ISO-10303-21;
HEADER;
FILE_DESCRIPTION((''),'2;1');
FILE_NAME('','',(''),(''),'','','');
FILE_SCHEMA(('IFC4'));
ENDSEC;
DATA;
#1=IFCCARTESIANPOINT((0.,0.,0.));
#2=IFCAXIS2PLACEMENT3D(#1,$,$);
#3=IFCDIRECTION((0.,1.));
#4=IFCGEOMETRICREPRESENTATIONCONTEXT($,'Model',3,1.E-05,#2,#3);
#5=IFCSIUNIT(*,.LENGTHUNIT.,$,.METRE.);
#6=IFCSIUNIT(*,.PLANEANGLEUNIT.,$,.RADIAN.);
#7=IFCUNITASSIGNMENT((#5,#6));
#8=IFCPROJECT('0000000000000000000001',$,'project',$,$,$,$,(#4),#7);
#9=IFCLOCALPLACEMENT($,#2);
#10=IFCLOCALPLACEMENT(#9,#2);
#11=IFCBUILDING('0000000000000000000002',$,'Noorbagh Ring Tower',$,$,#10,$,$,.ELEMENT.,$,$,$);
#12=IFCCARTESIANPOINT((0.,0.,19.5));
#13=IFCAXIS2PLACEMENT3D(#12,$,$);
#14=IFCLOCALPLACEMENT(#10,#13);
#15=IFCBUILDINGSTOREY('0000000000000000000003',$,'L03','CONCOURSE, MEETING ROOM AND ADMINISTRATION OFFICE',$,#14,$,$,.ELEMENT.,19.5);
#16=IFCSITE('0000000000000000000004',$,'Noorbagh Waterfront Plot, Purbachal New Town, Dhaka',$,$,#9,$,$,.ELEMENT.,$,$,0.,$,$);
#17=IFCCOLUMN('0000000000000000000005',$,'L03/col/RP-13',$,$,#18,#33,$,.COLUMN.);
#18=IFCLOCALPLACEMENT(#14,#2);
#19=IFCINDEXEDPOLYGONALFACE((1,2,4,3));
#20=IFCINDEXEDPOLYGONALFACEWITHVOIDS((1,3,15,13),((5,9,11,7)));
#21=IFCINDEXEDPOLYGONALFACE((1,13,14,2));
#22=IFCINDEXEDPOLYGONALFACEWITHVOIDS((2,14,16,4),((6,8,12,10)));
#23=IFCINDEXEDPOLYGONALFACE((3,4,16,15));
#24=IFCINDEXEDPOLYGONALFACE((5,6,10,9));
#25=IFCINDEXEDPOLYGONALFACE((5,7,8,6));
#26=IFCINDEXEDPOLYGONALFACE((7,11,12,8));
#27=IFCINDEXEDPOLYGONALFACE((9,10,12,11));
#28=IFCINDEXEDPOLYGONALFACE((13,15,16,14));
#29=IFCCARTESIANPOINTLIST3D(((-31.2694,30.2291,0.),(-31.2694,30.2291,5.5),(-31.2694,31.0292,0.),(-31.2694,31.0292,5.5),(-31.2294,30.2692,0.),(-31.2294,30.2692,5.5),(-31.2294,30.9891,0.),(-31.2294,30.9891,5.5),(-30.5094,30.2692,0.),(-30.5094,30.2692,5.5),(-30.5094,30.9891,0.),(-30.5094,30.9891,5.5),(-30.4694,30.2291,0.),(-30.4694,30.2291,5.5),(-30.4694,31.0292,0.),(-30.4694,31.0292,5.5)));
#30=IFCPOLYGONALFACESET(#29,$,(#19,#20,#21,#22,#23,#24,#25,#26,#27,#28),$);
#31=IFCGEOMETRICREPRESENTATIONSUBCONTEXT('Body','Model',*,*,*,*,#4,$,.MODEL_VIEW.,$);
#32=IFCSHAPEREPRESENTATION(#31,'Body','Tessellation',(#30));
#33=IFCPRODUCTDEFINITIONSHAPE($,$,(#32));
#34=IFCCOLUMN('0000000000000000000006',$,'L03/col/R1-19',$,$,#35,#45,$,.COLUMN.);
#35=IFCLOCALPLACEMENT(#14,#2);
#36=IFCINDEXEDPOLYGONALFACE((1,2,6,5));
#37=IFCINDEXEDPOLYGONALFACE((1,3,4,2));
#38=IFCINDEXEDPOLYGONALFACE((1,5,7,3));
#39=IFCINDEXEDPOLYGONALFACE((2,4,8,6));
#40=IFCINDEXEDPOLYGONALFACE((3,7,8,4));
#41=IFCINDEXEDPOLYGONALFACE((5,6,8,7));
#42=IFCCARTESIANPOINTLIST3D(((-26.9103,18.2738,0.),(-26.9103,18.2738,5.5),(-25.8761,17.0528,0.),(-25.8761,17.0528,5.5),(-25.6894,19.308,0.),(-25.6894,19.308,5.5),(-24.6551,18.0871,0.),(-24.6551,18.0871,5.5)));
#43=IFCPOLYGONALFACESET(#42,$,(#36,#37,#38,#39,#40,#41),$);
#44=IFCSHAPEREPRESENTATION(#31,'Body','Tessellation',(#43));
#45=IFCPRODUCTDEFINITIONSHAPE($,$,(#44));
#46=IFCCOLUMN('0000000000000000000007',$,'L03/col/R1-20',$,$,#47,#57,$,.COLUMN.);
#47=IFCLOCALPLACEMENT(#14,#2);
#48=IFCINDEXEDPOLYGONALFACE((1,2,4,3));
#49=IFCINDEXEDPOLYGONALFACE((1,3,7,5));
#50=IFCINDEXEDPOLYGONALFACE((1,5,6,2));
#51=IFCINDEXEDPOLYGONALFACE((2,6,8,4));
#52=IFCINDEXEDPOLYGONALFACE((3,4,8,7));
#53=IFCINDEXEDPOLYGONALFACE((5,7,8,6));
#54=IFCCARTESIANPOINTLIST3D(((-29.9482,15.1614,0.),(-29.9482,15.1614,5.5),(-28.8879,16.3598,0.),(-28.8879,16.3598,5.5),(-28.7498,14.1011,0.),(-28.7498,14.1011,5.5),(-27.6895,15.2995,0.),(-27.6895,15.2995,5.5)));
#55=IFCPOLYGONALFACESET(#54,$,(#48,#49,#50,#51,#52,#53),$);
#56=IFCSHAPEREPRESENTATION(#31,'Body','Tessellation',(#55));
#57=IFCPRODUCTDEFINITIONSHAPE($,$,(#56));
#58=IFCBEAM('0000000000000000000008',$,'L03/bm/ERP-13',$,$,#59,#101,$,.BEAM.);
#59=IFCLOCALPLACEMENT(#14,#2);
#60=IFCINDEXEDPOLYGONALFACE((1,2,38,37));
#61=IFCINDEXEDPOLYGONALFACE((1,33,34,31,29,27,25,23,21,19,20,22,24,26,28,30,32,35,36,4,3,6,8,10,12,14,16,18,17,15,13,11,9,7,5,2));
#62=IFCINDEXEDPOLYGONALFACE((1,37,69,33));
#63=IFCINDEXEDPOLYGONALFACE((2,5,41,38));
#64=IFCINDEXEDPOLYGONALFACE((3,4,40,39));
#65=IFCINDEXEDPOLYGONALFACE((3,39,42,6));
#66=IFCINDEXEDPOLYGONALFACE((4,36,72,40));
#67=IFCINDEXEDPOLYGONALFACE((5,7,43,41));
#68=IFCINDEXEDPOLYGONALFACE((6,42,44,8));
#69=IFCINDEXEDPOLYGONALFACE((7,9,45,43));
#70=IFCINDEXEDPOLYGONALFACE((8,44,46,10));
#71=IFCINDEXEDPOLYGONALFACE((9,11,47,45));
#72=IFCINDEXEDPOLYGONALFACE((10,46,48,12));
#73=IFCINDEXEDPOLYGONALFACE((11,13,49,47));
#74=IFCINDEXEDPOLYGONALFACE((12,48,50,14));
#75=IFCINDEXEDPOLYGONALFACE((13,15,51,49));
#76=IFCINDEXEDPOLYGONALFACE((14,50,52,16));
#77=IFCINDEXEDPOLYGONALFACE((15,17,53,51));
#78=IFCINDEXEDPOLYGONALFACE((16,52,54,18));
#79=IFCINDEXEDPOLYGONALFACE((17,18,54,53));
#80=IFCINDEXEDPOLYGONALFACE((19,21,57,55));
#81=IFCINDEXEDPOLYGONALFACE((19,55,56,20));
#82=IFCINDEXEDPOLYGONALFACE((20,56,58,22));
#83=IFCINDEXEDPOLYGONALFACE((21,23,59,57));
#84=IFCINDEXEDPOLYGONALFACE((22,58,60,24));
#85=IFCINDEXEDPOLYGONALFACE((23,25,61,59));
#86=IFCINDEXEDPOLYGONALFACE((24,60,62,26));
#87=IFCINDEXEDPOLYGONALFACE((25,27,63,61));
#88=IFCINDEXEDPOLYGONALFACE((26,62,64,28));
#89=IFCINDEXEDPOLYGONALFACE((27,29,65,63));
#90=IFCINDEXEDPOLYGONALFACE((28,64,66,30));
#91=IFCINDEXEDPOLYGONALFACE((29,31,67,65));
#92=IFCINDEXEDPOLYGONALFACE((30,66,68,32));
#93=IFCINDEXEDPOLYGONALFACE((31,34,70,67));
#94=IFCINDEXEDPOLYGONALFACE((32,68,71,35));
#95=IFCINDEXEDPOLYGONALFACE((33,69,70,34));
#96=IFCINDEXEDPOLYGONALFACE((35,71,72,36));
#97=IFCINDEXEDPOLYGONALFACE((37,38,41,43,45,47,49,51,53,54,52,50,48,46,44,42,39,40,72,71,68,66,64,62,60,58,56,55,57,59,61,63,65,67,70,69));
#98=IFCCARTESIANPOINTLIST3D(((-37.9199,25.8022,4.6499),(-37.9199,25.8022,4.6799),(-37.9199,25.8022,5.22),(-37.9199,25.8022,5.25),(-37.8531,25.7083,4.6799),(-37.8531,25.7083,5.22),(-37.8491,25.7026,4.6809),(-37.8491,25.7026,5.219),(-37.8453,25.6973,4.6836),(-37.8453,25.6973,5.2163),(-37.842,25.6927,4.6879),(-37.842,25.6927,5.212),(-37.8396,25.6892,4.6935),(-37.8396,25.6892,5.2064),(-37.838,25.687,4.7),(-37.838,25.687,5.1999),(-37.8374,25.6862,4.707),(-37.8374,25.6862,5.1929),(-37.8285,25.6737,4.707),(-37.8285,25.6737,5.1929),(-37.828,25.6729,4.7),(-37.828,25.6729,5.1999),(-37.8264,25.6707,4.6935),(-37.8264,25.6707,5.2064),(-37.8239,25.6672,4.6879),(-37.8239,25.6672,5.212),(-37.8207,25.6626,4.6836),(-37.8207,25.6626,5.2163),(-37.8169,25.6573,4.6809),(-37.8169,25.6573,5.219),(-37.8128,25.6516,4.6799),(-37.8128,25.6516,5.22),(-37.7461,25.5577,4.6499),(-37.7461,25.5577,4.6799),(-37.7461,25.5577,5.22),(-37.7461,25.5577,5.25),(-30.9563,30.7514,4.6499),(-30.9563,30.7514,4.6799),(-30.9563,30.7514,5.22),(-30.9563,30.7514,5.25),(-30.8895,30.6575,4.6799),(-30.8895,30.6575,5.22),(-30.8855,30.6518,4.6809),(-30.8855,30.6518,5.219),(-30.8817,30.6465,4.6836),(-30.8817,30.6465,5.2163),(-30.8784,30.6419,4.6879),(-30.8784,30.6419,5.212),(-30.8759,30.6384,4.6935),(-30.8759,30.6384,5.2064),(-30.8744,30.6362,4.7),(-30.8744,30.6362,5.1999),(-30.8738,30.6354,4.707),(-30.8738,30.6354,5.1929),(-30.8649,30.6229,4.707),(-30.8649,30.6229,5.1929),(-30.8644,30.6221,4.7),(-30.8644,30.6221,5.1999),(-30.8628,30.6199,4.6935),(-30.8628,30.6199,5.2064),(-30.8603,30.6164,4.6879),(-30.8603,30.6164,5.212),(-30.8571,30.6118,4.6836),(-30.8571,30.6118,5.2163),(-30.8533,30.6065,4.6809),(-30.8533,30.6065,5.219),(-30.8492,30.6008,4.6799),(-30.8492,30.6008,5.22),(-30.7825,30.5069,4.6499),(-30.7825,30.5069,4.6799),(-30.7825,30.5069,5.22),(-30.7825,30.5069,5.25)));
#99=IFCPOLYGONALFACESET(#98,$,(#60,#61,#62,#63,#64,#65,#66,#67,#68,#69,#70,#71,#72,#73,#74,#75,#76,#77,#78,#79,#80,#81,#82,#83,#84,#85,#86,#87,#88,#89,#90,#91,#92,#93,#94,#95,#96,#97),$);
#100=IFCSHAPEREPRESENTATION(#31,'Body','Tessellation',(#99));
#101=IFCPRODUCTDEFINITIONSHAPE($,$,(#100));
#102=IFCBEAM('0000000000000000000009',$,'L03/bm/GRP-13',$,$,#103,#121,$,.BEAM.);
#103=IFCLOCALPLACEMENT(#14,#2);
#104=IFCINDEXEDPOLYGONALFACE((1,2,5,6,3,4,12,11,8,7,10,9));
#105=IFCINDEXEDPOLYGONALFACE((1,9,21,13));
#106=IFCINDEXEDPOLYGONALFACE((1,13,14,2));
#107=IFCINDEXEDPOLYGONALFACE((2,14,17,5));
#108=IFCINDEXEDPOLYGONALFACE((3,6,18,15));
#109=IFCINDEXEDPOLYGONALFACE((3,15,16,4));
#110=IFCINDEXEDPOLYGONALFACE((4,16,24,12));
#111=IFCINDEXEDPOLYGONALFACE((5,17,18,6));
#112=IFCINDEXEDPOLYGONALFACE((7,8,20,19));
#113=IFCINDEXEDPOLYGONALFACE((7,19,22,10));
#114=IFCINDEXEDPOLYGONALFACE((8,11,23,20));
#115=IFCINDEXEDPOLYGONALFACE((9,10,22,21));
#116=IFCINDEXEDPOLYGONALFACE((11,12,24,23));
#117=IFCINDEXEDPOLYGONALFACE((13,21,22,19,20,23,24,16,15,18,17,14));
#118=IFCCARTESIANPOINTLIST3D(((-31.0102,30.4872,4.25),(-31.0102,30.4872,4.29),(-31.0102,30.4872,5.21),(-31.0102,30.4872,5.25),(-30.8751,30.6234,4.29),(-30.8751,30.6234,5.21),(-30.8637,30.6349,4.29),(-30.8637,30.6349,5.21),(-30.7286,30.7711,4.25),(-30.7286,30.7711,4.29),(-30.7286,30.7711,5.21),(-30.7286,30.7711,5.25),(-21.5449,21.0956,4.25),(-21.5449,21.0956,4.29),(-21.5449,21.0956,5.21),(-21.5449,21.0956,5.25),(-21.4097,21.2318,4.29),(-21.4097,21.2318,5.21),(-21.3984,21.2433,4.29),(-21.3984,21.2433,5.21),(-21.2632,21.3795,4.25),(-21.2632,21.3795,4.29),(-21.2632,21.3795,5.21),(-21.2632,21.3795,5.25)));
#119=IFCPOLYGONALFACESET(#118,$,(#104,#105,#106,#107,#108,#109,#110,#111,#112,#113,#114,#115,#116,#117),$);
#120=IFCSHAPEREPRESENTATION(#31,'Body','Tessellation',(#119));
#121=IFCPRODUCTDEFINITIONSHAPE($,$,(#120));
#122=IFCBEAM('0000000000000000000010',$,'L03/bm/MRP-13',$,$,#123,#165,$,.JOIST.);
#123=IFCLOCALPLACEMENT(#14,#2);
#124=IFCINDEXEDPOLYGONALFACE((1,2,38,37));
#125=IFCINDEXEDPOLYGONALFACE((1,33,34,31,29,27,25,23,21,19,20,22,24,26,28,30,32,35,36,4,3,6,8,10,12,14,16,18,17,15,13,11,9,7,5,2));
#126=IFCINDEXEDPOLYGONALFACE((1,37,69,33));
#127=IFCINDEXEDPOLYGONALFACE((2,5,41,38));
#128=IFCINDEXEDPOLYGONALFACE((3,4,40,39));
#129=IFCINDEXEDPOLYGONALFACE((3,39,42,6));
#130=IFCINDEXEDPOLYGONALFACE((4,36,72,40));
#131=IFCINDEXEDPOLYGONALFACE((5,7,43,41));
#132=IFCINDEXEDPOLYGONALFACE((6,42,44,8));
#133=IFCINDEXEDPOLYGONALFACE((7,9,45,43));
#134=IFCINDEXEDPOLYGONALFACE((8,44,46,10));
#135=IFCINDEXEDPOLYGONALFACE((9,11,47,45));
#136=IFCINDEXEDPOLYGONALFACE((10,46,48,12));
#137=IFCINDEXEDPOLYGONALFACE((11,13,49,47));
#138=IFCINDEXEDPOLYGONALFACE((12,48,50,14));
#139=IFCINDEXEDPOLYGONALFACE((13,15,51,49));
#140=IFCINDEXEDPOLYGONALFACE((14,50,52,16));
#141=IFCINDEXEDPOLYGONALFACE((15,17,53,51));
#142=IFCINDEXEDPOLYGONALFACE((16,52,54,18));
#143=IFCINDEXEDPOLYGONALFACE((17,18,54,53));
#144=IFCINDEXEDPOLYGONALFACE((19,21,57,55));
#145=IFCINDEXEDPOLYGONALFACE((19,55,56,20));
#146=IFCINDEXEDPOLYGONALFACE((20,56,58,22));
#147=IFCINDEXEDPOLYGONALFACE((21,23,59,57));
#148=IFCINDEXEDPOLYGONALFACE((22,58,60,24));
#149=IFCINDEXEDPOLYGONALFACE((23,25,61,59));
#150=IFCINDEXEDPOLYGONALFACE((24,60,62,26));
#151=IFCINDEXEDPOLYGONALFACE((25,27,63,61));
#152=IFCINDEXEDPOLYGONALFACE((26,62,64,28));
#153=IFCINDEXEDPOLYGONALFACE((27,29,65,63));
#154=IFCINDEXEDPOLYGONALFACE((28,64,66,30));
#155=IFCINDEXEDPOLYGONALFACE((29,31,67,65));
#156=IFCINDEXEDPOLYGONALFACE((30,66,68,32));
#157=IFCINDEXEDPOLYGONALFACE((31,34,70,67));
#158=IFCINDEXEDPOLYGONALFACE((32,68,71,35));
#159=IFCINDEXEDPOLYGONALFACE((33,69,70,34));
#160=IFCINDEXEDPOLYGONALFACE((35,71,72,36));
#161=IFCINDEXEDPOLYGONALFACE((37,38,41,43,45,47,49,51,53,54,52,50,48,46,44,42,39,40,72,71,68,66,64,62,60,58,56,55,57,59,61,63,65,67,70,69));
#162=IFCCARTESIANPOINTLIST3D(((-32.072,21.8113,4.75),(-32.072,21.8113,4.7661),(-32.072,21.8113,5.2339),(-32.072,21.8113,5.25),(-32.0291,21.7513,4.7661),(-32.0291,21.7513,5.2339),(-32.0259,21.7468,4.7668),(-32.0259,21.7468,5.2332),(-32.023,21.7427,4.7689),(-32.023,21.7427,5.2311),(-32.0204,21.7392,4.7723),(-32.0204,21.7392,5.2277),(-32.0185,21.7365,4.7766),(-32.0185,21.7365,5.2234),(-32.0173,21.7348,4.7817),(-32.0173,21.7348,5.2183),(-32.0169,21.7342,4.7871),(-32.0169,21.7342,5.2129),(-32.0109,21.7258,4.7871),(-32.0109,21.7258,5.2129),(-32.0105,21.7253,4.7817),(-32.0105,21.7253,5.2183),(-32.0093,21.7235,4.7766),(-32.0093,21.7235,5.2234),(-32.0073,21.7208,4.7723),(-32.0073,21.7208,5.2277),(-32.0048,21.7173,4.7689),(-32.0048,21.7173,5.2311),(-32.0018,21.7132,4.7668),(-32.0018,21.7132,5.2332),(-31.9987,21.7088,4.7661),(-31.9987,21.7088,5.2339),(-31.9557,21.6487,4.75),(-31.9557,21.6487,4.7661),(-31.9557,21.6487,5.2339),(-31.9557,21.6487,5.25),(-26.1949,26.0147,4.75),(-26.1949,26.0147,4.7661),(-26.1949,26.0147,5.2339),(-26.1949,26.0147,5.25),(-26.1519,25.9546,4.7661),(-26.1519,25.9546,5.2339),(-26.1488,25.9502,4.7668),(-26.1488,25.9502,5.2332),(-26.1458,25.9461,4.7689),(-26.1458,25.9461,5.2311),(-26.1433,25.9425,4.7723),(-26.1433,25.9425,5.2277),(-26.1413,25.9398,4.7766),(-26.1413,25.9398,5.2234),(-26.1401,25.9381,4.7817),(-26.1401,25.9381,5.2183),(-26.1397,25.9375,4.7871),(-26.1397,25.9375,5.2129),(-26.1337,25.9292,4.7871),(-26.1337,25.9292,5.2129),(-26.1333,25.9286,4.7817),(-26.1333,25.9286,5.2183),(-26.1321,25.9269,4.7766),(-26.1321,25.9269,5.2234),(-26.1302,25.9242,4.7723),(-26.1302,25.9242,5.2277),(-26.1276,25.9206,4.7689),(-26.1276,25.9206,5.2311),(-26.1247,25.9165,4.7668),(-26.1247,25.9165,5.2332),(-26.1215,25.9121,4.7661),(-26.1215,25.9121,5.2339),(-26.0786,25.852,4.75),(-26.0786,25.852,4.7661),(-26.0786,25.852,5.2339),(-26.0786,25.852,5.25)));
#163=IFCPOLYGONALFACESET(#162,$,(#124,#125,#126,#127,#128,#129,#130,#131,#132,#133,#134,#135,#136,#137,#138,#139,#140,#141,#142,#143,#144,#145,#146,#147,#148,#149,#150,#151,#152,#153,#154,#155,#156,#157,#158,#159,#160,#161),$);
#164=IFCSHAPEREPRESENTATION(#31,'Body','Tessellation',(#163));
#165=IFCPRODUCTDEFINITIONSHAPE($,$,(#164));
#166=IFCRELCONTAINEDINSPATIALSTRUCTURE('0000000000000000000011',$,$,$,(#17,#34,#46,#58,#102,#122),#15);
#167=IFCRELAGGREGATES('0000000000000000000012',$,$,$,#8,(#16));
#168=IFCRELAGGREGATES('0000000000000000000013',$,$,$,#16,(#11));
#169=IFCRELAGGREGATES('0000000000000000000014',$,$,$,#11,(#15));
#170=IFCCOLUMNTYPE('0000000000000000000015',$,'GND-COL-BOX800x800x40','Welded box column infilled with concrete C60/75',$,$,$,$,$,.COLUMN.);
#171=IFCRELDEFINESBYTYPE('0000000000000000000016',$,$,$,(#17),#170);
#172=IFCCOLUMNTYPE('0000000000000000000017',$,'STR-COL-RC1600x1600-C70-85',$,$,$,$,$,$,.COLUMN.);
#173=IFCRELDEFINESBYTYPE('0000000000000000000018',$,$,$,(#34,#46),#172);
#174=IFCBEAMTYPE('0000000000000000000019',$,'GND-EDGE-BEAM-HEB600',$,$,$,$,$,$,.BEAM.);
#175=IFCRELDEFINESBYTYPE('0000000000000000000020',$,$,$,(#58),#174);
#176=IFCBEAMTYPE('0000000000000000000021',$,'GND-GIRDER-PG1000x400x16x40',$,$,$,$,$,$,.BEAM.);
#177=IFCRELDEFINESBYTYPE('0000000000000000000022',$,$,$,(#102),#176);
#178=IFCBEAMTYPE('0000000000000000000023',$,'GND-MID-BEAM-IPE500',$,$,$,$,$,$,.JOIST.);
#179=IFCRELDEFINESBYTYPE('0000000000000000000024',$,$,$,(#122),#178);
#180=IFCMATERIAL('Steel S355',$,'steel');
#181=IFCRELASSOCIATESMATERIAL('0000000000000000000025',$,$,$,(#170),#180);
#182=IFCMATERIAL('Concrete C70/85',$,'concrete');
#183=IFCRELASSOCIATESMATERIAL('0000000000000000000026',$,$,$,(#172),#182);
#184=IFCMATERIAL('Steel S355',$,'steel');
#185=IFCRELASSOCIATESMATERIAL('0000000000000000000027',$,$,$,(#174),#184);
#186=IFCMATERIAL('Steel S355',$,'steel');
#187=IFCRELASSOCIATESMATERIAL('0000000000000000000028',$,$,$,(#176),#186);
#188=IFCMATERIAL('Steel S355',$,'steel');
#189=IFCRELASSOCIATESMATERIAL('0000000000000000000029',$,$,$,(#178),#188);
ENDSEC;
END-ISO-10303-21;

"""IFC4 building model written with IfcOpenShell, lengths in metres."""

from ifc_helpers import new_model, si_unit, direction, frame, origin, origin_2d, place, context, subcontext, project, spatial, rectangle, hollow_rectangle, i_section, extrude, material, material_profile, profile_set, type_object, element, save


model = new_model("IFC4")

# Units and contexts
model_context = context("Model", 3, precision=1e-05, world=origin(), true_north=direction((0.0, 1.0)))
body_context = subcontext(model_context, "Body", "Model", "MODEL_VIEW")
ifc_project = project(units=[si_unit("LENGTHUNIT", "METRE"), si_unit("PLANEANGLEUNIT", "RADIAN")], contexts=[model_context])

# Site, building, storey
site_placement = place(None, origin())
site = spatial("IfcSite", under=ifc_project, at=site_placement, Name="Noorbagh Waterfront Plot, Purbachal New Town, Dhaka", CompositionType="ELEMENT", RefElevation=0.0)
building_placement = place(site_placement, origin())
building = spatial("IfcBuilding", under=site, at=building_placement, Name="Noorbagh Ring Tower", CompositionType="ELEMENT")
storey_placement = place(building_placement, frame((0.0, 0.0, 19.5)))
storey = spatial("IfcBuildingStorey", under=building, at=storey_placement, Name="L03", Description="CONCOURSE, MEETING ROOM AND ADMINISTRATION OFFICE", CompositionType="ELEMENT", Elevation=19.5)

# Columns
ifc_material_1 = material(Name="Steel S355", Category="steel")
ifc_material_profile_1 = material_profile(ifc_material_1, hollow_rectangle(XDim=0.8, YDim=0.8, WallThickness=0.04, at=origin_2d()), Name="BOX800x800x40")
ifc_profile_set_1 = profile_set([ifc_material_profile_1], Name="Steel S355")
column_type_1 = type_object("IfcColumnType", Name="GND-COL-BOX800x800x40", Description="Welded box column infilled with concrete C60/75", PredefinedType="COLUMN", material=ifc_profile_set_1)
column_placement = place(storey_placement, frame((-30.8694, 30.6292, 0.0), z_axis=(0.0, 0.0, 1.0), x_axis=(1.0, 0.0, 0.0)))
element("IfcColumn", 1, at=column_placement, inside=storey, type_object=column_type_1, Name="L03/col/RP-13", PredefinedType="COLUMN", context=body_context, shape_type="SweptSolid", body=[
    extrude(hollow_rectangle(XDim=0.8, YDim=0.8, WallThickness=0.04, at=origin_2d()), origin(), (0.0, 0.0, 1.0), 5.5),
])
ifc_material_2 = material(Name="Concrete C70/85", Category="concrete")
ifc_material_profile_2 = material_profile(ifc_material_2, rectangle(XDim=1.6001, YDim=1.6001, at=origin_2d()), Name="RC1600x1600")
ifc_profile_set_2 = profile_set([ifc_material_profile_2], Name="Concrete C70/85")
column_type_2 = type_object("IfcColumnType", Name="STR-COL-RC1600x1600-C70-85", PredefinedType="COLUMN", material=ifc_profile_set_2)
for number, where, z_axis, x_axis, name in (
    (2, (-25.7827, 18.1804, 0.0), (0.0, 0.0, 1.0), (-0.763035, -0.646357, 0.0), "L03/col/R1-19"),
    (3, (-28.8188, 15.2305, 0.0), (0.0, 0.0, 1.0), (-0.662636, -0.748942, 0.0), "L03/col/R1-20"),
):
    element("IfcColumn", number, at=place(storey_placement, frame(where, z_axis=z_axis, x_axis=x_axis)), inside=storey, type_object=column_type_2, Name=name, PredefinedType="COLUMN", context=body_context, shape_type="SweptSolid", body=[
        extrude(rectangle(XDim=1.6001, YDim=1.6001, at=origin_2d()), origin(), (0.0, 0.0, 1.0), 5.5),
    ])

# Beams
ifc_material_3 = material(Name="Steel S355", Category="steel")
ifc_material_profile_3 = material_profile(ifc_material_3, i_section(OverallWidth=0.3, OverallDepth=0.6001, WebThickness=0.0154, FlangeThickness=0.03, FilletRadius=0.0271, at=origin_2d()), Name="HEB600")
ifc_profile_set_3 = profile_set([ifc_material_profile_3], Name="Steel S355")
beam_type_1 = type_object("IfcBeamType", Name="GND-EDGE-BEAM-HEB600", PredefinedType="BEAM", material=ifc_profile_set_3)
beam_1_placement = place(storey_placement, frame((-30.8694, 30.6292, 4.95), z_axis=(-0.815104, -0.579315, 0.0), x_axis=(0.579315, -0.815104, 0.0)))
element("IfcBeam", 4, at=beam_1_placement, inside=storey, type_object=beam_type_1, Name="L03/bm/ERP-13", PredefinedType="BEAM", context=body_context, shape_type="SweptSolid", body=[
    extrude(i_section(OverallWidth=0.3, OverallDepth=0.6001, WebThickness=0.0154, FlangeThickness=0.03, FilletRadius=0.0271, at=origin_2d()), origin(), (0.0, 0.0, 1.0), 8.5432),
])
ifc_material_4 = material(Name="Steel S355", Category="steel")
ifc_material_profile_4 = material_profile(ifc_material_4, i_section(OverallWidth=0.3999, OverallDepth=1.0, WebThickness=0.0161, FlangeThickness=0.04, at=origin_2d()), Name="PG1000x400x16x40")
ifc_profile_set_4 = profile_set([ifc_material_profile_4], Name="Steel S355")
beam_type_2 = type_object("IfcBeamType", Name="GND-GIRDER-PG1000x400x16x40", PredefinedType="BEAM", material=ifc_profile_set_4)
beam_2_placement = place(storey_placement, frame((-30.8694, 30.6292, 4.75), z_axis=(0.709866, -0.704337, 0.0), x_axis=(0.704337, 0.709866, 0.0)))
element("IfcBeam", 5, at=beam_2_placement, inside=storey, type_object=beam_type_2, Name="L03/bm/GRP-13", PredefinedType="BEAM", context=body_context, shape_type="SweptSolid", body=[
    extrude(i_section(OverallWidth=0.3999, OverallDepth=1.0, WebThickness=0.0161, FlangeThickness=0.04, at=origin_2d()), origin(), (0.0, 0.0, 1.0), 13.334),
])
ifc_material_5 = material(Name="Steel S355", Category="steel")
ifc_material_profile_5 = material_profile(ifc_material_5, i_section(OverallWidth=0.2, OverallDepth=0.5, WebThickness=0.0103, FlangeThickness=0.0161, FilletRadius=0.021, at=origin_2d()), Name="IPE500")
ifc_profile_set_5 = profile_set([ifc_material_profile_5], Name="Steel S355")
beam_type_3 = type_object("IfcBeamType", Name="GND-MID-BEAM-IPE500", PredefinedType="JOIST", material=ifc_profile_set_5)
beam_3_placement = place(storey_placement, frame((-26.1367, 25.9333, 5.0), z_axis=(-0.813382, -0.58173, 0.0), x_axis=(0.58173, -0.813382, 0.0)))
element("IfcBeam", 6, at=beam_3_placement, inside=storey, type_object=beam_type_3, Name="L03/bm/MRP-13", PredefinedType="JOIST", context=body_context, shape_type="SweptSolid", body=[
    extrude(i_section(OverallWidth=0.2, OverallDepth=0.5, WebThickness=0.0103, FlangeThickness=0.0161, FilletRadius=0.021, at=origin_2d()), origin(), (0.0, 0.0, 1.0), 7.2256),
])

save(model, "model.ifc")
